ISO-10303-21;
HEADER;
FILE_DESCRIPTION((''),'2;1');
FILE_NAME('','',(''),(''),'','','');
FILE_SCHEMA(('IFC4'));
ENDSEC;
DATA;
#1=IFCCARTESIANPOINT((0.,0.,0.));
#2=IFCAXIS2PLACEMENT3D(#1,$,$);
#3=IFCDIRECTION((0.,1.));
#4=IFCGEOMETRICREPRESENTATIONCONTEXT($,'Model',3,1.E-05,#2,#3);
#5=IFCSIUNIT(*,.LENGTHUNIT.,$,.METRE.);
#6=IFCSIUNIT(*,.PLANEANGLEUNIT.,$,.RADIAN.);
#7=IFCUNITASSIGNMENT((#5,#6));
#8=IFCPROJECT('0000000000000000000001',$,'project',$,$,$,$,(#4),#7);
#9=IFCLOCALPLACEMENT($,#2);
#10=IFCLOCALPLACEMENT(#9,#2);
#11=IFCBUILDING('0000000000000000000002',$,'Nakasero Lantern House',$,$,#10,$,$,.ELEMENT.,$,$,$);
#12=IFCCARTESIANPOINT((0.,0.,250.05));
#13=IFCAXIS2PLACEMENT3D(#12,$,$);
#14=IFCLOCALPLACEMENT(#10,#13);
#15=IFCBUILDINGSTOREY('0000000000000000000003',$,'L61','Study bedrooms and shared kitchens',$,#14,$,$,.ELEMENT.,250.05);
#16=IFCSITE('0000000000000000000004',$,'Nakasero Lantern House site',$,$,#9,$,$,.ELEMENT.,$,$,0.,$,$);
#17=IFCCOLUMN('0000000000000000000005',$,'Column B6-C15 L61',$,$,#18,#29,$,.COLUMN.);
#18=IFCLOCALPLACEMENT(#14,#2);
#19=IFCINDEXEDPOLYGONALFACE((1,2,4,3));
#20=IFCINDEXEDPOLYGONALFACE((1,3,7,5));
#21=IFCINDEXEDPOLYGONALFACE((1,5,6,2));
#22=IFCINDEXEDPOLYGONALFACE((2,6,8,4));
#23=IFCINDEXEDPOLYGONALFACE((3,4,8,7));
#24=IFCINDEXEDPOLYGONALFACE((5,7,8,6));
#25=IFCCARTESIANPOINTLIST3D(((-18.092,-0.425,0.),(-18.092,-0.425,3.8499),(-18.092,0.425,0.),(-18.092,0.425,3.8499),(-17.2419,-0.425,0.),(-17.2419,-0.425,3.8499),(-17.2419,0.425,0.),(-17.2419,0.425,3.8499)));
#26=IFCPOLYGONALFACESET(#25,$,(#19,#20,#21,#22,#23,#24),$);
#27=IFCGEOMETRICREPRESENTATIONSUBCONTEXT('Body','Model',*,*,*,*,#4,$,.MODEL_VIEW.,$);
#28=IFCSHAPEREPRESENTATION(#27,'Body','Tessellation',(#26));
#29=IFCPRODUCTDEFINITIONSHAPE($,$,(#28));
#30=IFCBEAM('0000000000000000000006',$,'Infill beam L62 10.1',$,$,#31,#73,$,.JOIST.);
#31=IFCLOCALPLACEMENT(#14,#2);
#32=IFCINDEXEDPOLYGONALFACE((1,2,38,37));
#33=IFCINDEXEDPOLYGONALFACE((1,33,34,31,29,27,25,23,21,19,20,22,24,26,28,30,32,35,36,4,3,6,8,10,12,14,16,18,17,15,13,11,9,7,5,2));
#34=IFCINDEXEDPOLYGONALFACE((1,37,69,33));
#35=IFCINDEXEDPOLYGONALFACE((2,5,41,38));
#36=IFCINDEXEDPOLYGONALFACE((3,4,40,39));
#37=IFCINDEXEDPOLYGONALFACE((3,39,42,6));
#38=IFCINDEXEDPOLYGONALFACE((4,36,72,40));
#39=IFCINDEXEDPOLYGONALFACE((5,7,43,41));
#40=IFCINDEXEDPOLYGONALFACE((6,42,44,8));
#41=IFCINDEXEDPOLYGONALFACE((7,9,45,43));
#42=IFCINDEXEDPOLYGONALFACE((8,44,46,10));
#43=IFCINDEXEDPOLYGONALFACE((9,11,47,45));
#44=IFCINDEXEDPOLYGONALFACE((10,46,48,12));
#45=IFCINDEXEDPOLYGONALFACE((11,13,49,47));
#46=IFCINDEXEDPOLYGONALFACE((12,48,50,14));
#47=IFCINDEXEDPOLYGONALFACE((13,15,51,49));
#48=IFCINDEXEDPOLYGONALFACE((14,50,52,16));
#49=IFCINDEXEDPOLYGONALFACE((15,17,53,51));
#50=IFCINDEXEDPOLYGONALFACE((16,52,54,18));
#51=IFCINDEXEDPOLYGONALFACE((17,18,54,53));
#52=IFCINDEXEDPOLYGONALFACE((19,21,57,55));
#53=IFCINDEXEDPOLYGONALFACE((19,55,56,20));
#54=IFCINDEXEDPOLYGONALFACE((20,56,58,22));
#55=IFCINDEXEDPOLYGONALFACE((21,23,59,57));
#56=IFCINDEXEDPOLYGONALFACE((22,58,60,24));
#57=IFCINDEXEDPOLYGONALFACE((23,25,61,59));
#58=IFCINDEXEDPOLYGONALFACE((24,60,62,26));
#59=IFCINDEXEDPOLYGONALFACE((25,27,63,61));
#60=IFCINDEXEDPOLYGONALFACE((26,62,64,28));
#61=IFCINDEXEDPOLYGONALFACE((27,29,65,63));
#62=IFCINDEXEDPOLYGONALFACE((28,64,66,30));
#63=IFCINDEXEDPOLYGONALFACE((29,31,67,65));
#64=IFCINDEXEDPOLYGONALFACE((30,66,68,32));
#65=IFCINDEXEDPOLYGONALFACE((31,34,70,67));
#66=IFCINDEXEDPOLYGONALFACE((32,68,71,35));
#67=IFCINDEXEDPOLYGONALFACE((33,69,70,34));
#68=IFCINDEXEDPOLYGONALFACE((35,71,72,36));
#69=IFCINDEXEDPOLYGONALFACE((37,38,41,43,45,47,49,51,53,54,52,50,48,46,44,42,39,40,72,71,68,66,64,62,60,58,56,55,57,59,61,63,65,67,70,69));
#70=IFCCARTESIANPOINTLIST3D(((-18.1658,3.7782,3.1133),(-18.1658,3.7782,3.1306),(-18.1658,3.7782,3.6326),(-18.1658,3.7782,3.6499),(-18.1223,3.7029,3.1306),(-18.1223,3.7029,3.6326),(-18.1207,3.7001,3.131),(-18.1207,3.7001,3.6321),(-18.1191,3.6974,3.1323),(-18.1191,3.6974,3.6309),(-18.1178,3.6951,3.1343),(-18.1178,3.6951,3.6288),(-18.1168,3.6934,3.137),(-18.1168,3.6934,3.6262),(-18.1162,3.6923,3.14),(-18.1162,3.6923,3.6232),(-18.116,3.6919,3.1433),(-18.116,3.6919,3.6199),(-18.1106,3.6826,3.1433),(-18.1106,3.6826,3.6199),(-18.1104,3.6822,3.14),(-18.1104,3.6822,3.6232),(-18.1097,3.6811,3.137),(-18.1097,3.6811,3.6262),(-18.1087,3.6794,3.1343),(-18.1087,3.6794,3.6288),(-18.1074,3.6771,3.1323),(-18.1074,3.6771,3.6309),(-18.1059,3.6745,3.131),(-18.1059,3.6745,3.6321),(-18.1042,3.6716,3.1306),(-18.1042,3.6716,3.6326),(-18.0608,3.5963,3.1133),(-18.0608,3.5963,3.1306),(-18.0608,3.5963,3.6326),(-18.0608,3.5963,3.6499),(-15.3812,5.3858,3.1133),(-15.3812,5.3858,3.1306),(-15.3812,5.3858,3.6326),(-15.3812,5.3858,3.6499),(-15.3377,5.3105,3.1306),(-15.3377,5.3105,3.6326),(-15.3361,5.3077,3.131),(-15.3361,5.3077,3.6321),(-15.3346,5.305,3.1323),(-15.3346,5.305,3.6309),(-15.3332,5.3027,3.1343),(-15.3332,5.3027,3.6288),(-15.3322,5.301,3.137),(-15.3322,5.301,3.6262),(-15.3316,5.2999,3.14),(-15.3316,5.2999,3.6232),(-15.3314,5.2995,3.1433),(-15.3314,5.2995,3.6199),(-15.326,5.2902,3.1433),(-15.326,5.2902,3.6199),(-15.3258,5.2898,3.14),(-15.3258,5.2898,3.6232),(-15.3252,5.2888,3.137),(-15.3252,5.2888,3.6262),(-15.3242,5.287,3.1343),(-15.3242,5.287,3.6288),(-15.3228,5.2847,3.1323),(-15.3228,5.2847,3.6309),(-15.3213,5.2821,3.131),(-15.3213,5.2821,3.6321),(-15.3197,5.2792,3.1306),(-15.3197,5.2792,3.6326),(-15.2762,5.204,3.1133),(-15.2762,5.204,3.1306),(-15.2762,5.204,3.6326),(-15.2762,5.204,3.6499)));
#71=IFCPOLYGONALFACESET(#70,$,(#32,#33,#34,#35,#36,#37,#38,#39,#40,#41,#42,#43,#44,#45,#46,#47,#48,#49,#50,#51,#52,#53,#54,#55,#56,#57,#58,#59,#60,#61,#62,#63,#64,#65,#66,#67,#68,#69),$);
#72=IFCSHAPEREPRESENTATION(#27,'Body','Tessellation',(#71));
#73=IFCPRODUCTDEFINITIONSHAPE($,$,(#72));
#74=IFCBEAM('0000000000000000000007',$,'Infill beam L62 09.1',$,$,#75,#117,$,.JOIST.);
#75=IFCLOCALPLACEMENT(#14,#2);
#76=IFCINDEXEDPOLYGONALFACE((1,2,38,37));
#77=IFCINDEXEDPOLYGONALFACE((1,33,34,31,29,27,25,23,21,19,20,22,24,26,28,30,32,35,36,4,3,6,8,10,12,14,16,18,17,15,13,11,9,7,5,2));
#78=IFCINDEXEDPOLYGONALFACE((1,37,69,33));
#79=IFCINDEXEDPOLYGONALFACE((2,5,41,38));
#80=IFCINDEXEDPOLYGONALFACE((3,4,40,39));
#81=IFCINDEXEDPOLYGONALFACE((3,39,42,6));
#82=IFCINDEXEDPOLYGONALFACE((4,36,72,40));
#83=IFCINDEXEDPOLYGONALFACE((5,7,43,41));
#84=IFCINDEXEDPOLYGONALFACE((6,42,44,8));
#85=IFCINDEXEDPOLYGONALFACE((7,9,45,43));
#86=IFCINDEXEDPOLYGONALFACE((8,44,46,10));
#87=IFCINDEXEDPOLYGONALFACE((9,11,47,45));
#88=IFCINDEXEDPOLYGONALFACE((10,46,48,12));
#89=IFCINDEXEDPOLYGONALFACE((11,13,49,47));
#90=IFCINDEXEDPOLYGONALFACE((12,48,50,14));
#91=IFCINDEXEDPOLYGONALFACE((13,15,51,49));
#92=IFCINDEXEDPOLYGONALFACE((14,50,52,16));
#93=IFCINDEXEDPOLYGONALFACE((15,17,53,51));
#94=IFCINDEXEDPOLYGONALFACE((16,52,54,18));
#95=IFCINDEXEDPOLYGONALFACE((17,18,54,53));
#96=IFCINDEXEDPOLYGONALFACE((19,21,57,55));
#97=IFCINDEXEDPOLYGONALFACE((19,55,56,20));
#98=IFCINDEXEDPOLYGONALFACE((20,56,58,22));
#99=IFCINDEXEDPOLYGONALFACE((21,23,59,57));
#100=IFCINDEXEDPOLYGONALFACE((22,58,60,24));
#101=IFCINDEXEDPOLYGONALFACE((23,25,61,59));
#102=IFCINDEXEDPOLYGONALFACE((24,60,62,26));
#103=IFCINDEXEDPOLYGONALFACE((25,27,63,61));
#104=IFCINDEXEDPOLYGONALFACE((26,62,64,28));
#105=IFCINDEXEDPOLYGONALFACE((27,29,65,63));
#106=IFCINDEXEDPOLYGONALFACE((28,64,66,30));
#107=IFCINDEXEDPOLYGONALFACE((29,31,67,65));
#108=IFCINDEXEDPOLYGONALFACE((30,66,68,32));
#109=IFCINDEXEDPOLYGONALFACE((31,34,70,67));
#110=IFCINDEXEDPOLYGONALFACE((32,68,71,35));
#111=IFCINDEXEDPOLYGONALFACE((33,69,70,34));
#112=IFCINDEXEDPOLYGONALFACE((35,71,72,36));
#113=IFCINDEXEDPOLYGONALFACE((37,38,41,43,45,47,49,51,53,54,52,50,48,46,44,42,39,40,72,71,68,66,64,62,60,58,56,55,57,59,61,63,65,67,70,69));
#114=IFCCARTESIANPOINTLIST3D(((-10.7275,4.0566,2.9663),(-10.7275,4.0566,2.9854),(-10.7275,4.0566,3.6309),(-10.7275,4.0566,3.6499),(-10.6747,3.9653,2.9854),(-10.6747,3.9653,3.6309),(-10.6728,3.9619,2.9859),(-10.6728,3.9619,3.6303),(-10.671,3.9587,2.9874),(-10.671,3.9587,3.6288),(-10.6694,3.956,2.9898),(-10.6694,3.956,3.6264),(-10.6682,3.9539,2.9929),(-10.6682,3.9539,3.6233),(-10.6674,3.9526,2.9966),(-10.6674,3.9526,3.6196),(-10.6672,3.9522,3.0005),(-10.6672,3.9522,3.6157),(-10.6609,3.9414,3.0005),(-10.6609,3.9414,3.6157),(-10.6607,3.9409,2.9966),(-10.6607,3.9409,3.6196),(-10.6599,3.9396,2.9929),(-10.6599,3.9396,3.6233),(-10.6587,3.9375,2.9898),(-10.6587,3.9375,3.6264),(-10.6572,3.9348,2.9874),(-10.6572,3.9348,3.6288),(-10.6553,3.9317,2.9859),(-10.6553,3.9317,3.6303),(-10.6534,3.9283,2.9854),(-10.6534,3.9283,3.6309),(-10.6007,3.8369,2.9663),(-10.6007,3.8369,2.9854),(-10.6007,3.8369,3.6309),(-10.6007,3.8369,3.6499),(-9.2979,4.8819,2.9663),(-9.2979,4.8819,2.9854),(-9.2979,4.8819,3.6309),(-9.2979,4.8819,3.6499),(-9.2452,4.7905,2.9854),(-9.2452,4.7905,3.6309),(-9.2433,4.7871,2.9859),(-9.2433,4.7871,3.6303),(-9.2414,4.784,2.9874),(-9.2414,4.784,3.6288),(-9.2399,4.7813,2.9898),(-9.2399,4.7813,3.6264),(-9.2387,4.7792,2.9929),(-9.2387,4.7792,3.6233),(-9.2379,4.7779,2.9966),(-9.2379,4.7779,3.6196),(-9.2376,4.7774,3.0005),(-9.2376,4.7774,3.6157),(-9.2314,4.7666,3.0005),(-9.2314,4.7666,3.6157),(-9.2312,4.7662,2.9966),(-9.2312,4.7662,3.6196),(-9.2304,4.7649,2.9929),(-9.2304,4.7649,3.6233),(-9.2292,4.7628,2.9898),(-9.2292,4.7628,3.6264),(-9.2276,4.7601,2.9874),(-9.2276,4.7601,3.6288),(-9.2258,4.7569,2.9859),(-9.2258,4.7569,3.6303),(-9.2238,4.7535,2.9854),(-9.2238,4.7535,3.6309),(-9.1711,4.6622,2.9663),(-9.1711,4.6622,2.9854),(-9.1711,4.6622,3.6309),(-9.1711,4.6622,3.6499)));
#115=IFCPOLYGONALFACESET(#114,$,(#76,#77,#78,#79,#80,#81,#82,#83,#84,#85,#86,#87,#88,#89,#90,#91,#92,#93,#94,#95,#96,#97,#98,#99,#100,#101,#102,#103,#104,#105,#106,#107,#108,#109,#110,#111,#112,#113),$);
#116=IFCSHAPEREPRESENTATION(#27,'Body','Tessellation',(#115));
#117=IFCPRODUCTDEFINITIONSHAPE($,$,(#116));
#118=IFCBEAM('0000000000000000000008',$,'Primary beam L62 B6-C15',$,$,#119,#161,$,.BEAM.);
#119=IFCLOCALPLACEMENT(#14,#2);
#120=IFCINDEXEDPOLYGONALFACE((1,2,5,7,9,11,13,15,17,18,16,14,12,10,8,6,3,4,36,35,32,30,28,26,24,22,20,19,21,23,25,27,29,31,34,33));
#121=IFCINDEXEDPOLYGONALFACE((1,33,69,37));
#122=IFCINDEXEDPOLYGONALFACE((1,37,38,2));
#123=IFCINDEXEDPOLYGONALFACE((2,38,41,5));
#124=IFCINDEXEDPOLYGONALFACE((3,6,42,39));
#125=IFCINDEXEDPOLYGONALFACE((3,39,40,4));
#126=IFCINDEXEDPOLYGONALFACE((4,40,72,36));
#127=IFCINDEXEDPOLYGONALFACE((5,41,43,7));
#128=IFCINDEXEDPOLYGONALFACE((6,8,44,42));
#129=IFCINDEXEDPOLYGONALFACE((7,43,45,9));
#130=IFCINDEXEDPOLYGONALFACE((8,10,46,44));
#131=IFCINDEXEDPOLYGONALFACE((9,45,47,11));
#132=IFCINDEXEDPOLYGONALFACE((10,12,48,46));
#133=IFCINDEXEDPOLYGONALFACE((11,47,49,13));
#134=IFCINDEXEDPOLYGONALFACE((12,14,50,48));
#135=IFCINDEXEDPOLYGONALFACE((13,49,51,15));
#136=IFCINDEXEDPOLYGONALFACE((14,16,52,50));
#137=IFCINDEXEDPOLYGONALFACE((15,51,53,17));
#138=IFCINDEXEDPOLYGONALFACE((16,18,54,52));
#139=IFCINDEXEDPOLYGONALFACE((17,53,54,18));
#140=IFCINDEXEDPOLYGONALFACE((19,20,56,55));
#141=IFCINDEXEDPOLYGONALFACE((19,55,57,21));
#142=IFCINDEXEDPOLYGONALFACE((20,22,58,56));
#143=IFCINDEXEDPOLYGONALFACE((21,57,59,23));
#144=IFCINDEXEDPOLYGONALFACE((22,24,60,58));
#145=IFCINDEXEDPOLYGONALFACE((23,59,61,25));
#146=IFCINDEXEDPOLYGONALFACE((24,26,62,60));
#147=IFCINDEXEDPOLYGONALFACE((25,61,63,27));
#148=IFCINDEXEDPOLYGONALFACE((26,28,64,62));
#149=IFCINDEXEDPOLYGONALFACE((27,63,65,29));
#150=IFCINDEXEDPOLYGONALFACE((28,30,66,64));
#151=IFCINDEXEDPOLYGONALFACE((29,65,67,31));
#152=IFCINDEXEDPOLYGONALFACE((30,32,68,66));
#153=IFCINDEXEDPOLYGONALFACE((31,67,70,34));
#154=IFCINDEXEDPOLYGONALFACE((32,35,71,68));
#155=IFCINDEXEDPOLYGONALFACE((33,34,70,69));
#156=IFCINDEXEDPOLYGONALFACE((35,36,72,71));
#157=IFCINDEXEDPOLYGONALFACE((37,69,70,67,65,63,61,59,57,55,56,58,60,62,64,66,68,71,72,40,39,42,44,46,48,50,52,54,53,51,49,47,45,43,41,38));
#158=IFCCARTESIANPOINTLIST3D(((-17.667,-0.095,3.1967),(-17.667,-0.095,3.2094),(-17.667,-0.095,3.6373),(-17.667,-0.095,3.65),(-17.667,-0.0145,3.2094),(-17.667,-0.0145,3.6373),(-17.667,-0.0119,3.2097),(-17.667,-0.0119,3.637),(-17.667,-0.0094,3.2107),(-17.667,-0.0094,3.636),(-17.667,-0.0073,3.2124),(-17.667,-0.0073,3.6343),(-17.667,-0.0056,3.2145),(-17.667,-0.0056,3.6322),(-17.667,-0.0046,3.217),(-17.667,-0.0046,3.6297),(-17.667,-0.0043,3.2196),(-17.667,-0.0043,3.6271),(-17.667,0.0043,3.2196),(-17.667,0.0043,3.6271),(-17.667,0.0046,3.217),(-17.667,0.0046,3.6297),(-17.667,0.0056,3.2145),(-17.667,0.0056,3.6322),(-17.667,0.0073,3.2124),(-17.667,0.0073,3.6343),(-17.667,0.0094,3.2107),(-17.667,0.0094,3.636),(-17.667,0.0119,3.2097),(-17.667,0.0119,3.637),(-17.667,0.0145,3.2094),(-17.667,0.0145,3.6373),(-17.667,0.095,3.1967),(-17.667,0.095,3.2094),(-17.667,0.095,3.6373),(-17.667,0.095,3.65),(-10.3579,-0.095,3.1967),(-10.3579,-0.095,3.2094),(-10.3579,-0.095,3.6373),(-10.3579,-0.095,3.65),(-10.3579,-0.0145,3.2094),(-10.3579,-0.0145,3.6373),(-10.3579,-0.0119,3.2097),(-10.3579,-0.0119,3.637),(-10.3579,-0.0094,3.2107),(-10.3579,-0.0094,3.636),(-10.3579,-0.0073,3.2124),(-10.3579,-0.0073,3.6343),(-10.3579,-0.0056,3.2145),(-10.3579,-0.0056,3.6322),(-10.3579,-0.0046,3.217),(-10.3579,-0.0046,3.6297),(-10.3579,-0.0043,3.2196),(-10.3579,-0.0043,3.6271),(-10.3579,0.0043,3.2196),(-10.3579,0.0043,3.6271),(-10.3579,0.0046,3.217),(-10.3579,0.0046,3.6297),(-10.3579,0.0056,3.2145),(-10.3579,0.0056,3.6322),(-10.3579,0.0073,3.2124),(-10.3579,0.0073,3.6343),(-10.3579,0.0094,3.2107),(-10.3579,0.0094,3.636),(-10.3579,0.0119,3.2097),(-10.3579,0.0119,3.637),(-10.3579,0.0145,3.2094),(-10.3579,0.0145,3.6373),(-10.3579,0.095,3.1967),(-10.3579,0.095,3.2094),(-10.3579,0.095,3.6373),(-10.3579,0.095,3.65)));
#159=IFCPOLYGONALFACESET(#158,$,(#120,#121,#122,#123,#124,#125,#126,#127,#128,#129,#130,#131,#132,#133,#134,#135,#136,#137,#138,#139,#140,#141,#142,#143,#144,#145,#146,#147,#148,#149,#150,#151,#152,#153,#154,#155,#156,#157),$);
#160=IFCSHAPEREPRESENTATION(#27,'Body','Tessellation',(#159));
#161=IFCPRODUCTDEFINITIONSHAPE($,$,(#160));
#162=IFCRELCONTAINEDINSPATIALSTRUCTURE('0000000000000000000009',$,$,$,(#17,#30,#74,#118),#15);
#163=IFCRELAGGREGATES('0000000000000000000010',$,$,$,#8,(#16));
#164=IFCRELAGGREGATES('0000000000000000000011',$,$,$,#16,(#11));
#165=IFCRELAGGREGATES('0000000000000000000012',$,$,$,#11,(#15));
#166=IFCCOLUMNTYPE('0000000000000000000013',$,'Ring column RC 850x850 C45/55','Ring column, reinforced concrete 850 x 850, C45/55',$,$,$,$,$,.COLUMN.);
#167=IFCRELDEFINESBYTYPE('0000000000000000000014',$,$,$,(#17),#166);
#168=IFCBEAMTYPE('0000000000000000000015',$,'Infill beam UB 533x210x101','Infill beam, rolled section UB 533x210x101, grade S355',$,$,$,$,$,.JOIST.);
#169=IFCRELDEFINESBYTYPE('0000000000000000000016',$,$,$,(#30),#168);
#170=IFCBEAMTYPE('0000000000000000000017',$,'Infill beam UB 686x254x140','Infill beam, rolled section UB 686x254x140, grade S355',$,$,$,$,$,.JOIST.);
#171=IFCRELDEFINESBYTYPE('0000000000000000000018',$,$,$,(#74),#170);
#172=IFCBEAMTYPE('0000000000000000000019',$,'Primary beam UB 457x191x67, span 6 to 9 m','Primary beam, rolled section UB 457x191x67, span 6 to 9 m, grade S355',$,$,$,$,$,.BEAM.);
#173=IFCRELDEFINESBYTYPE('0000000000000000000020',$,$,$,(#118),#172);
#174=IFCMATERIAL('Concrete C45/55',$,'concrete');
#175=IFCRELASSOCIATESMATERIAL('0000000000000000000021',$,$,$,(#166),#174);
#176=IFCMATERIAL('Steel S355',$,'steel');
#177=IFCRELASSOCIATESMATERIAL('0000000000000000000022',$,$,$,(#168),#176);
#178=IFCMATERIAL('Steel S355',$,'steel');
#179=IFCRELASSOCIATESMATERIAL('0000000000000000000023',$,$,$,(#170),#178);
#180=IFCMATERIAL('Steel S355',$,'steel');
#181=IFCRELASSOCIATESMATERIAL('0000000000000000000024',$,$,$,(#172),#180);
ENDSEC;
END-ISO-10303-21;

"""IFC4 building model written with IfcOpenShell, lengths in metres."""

from ifc_helpers import new_model, si_unit, direction, frame, origin, origin_2d, place, context, subcontext, project, spatial, rectangle, i_section, extrude, material, material_profile, profile_set, type_object, element, save


model = new_model("IFC4")

# Units and contexts
model_context = context("Model", 3, precision=1e-05, world=origin(), true_north=direction((0.0, 1.0)))
body_context = subcontext(model_context, "Body", "Model", "MODEL_VIEW")
ifc_project = project(units=[si_unit("LENGTHUNIT", "METRE"), si_unit("PLANEANGLEUNIT", "RADIAN")], contexts=[model_context])

# Site, building, storey
site_placement = place(None, origin())
site = spatial("IfcSite", under=ifc_project, at=site_placement, Name="Nakasero Lantern House site", CompositionType="ELEMENT", RefElevation=0.0)
building_placement = place(site_placement, origin())
building = spatial("IfcBuilding", under=site, at=building_placement, Name="Nakasero Lantern House", CompositionType="ELEMENT")
storey_placement = place(building_placement, frame((0.0, 0.0, 250.05)))
storey = spatial("IfcBuildingStorey", under=building, at=storey_placement, Name="L61", Description="Study bedrooms and shared kitchens", CompositionType="ELEMENT", Elevation=250.05)

# Column
ifc_material_1 = material(Name="Concrete C45/55", Category="concrete")
ifc_material_profile_1 = material_profile(ifc_material_1, rectangle(XDim=0.8501, YDim=0.8501, at=origin_2d()), Name="RC 850x850")
ifc_profile_set_1 = profile_set([ifc_material_profile_1], Name="Concrete C45/55")
column_type = type_object("IfcColumnType", Name="Ring column RC 850x850 C45/55", Description="Ring column, reinforced concrete 850 x 850, C45/55", PredefinedType="COLUMN", material=ifc_profile_set_1)
column_placement = place(storey_placement, frame((-17.667, 0.0, 0.0), z_axis=(0.0, 0.0, 1.0), x_axis=(1.0, 0.0, 0.0)))
element("IfcColumn", 1, at=column_placement, inside=storey, type_object=column_type, Name="Column B6-C15 L61", PredefinedType="COLUMN", context=body_context, shape_type="SweptSolid", body=[
    extrude(rectangle(XDim=0.8501, YDim=0.8501, at=origin_2d()), origin(), (0.0, 0.0, 1.0), 3.8499),
])

# Beams
ifc_material_2 = material(Name="Steel S355", Category="steel")
ifc_material_profile_2 = material_profile(ifc_material_2, i_section(OverallWidth=0.21, OverallDepth=0.5366, WebThickness=0.0107, FlangeThickness=0.0173, FilletRadius=0.0127, at=origin_2d()), Name="UB 533x210x101")
ifc_profile_set_2 = profile_set([ifc_material_profile_2], Name="Steel S355")
beam_type_1 = type_object("IfcBeamType", Name="Infill beam UB 533x210x101", Description="Infill beam, rolled section UB 533x210x101, grade S355", PredefinedType="JOIST", material=ifc_profile_set_2)
beam_1_placement = place(storey_placement, frame((-18.1133, 3.6873, 3.3816), z_axis=(0.866034, 0.499985, 0.0), x_axis=(-0.499985, 0.866034, 0.0)))
element("IfcBeam", 2, at=beam_1_placement, inside=storey, type_object=beam_type_1, Name="Infill beam L62 10.1", PredefinedType="JOIST", context=body_context, shape_type="SweptSolid", body=[
    extrude(i_section(OverallWidth=0.21, OverallDepth=0.5366, WebThickness=0.0107, FlangeThickness=0.0173, FilletRadius=0.0127, at=origin_2d()), origin(), (0.0, 0.0, 1.0), 3.2153),
])
ifc_material_3 = material(Name="Steel S355", Category="steel")
ifc_material_profile_3 = material_profile(ifc_material_3, i_section(OverallWidth=0.2537, OverallDepth=0.6836, WebThickness=0.0125, FlangeThickness=0.019, FilletRadius=0.0151, at=origin_2d()), Name="UB 686x254x140")
ifc_profile_set_3 = profile_set([ifc_material_profile_3], Name="Steel S355")
beam_type_2 = type_object("IfcBeamType", Name="Infill beam UB 686x254x140", Description="Infill beam, rolled section UB 686x254x140, grade S355", PredefinedType="JOIST", material=ifc_profile_set_3)
beam_2_placement = place(storey_placement, frame((-10.6641, 3.9468, 3.3081), z_axis=(0.86605, 0.499957, 0.0), x_axis=(-0.499957, 0.86605, 0.0)))
element("IfcBeam", 3, at=beam_2_placement, inside=storey, type_object=beam_type_2, Name="Infill beam L62 09.1", PredefinedType="JOIST", context=body_context, shape_type="SweptSolid", body=[
    extrude(i_section(OverallWidth=0.2537, OverallDepth=0.6836, WebThickness=0.0125, FlangeThickness=0.019, FilletRadius=0.0151, at=origin_2d()), origin(), (0.0, 0.0, 1.0), 1.6506),
])
ifc_material_4 = material(Name="Steel S355", Category="steel")
ifc_material_profile_4 = material_profile(ifc_material_4, i_section(OverallWidth=0.1899, OverallDepth=0.4534, WebThickness=0.0085, FlangeThickness=0.0127, FilletRadius=0.0103, at=origin_2d()), Name="UB 457x191x67")
ifc_profile_set_4 = profile_set([ifc_material_profile_4], Name="Steel S355")
beam_type_3 = type_object("IfcBeamType", Name="Primary beam UB 457x191x67, span 6 to 9 m", Description="Primary beam, rolled section UB 457x191x67, span 6 to 9 m, grade S355", PredefinedType="BEAM", material=ifc_profile_set_4)
beam_3_placement = place(storey_placement, frame((-17.667, 0.0, 3.4233), z_axis=(1.0, 0.0, 0.0), x_axis=(0.0, 1.0, 0.0)))
element("IfcBeam", 4, at=beam_3_placement, inside=storey, type_object=beam_type_3, Name="Primary beam L62 B6-C15", PredefinedType="BEAM", context=body_context, shape_type="SweptSolid", body=[
    extrude(i_section(OverallWidth=0.1899, OverallDepth=0.4534, WebThickness=0.0085, FlangeThickness=0.0127, FilletRadius=0.0103, at=origin_2d()), origin(), (0.0, 0.0, 1.0), 7.3091),
])

save(model, "model.ifc")
